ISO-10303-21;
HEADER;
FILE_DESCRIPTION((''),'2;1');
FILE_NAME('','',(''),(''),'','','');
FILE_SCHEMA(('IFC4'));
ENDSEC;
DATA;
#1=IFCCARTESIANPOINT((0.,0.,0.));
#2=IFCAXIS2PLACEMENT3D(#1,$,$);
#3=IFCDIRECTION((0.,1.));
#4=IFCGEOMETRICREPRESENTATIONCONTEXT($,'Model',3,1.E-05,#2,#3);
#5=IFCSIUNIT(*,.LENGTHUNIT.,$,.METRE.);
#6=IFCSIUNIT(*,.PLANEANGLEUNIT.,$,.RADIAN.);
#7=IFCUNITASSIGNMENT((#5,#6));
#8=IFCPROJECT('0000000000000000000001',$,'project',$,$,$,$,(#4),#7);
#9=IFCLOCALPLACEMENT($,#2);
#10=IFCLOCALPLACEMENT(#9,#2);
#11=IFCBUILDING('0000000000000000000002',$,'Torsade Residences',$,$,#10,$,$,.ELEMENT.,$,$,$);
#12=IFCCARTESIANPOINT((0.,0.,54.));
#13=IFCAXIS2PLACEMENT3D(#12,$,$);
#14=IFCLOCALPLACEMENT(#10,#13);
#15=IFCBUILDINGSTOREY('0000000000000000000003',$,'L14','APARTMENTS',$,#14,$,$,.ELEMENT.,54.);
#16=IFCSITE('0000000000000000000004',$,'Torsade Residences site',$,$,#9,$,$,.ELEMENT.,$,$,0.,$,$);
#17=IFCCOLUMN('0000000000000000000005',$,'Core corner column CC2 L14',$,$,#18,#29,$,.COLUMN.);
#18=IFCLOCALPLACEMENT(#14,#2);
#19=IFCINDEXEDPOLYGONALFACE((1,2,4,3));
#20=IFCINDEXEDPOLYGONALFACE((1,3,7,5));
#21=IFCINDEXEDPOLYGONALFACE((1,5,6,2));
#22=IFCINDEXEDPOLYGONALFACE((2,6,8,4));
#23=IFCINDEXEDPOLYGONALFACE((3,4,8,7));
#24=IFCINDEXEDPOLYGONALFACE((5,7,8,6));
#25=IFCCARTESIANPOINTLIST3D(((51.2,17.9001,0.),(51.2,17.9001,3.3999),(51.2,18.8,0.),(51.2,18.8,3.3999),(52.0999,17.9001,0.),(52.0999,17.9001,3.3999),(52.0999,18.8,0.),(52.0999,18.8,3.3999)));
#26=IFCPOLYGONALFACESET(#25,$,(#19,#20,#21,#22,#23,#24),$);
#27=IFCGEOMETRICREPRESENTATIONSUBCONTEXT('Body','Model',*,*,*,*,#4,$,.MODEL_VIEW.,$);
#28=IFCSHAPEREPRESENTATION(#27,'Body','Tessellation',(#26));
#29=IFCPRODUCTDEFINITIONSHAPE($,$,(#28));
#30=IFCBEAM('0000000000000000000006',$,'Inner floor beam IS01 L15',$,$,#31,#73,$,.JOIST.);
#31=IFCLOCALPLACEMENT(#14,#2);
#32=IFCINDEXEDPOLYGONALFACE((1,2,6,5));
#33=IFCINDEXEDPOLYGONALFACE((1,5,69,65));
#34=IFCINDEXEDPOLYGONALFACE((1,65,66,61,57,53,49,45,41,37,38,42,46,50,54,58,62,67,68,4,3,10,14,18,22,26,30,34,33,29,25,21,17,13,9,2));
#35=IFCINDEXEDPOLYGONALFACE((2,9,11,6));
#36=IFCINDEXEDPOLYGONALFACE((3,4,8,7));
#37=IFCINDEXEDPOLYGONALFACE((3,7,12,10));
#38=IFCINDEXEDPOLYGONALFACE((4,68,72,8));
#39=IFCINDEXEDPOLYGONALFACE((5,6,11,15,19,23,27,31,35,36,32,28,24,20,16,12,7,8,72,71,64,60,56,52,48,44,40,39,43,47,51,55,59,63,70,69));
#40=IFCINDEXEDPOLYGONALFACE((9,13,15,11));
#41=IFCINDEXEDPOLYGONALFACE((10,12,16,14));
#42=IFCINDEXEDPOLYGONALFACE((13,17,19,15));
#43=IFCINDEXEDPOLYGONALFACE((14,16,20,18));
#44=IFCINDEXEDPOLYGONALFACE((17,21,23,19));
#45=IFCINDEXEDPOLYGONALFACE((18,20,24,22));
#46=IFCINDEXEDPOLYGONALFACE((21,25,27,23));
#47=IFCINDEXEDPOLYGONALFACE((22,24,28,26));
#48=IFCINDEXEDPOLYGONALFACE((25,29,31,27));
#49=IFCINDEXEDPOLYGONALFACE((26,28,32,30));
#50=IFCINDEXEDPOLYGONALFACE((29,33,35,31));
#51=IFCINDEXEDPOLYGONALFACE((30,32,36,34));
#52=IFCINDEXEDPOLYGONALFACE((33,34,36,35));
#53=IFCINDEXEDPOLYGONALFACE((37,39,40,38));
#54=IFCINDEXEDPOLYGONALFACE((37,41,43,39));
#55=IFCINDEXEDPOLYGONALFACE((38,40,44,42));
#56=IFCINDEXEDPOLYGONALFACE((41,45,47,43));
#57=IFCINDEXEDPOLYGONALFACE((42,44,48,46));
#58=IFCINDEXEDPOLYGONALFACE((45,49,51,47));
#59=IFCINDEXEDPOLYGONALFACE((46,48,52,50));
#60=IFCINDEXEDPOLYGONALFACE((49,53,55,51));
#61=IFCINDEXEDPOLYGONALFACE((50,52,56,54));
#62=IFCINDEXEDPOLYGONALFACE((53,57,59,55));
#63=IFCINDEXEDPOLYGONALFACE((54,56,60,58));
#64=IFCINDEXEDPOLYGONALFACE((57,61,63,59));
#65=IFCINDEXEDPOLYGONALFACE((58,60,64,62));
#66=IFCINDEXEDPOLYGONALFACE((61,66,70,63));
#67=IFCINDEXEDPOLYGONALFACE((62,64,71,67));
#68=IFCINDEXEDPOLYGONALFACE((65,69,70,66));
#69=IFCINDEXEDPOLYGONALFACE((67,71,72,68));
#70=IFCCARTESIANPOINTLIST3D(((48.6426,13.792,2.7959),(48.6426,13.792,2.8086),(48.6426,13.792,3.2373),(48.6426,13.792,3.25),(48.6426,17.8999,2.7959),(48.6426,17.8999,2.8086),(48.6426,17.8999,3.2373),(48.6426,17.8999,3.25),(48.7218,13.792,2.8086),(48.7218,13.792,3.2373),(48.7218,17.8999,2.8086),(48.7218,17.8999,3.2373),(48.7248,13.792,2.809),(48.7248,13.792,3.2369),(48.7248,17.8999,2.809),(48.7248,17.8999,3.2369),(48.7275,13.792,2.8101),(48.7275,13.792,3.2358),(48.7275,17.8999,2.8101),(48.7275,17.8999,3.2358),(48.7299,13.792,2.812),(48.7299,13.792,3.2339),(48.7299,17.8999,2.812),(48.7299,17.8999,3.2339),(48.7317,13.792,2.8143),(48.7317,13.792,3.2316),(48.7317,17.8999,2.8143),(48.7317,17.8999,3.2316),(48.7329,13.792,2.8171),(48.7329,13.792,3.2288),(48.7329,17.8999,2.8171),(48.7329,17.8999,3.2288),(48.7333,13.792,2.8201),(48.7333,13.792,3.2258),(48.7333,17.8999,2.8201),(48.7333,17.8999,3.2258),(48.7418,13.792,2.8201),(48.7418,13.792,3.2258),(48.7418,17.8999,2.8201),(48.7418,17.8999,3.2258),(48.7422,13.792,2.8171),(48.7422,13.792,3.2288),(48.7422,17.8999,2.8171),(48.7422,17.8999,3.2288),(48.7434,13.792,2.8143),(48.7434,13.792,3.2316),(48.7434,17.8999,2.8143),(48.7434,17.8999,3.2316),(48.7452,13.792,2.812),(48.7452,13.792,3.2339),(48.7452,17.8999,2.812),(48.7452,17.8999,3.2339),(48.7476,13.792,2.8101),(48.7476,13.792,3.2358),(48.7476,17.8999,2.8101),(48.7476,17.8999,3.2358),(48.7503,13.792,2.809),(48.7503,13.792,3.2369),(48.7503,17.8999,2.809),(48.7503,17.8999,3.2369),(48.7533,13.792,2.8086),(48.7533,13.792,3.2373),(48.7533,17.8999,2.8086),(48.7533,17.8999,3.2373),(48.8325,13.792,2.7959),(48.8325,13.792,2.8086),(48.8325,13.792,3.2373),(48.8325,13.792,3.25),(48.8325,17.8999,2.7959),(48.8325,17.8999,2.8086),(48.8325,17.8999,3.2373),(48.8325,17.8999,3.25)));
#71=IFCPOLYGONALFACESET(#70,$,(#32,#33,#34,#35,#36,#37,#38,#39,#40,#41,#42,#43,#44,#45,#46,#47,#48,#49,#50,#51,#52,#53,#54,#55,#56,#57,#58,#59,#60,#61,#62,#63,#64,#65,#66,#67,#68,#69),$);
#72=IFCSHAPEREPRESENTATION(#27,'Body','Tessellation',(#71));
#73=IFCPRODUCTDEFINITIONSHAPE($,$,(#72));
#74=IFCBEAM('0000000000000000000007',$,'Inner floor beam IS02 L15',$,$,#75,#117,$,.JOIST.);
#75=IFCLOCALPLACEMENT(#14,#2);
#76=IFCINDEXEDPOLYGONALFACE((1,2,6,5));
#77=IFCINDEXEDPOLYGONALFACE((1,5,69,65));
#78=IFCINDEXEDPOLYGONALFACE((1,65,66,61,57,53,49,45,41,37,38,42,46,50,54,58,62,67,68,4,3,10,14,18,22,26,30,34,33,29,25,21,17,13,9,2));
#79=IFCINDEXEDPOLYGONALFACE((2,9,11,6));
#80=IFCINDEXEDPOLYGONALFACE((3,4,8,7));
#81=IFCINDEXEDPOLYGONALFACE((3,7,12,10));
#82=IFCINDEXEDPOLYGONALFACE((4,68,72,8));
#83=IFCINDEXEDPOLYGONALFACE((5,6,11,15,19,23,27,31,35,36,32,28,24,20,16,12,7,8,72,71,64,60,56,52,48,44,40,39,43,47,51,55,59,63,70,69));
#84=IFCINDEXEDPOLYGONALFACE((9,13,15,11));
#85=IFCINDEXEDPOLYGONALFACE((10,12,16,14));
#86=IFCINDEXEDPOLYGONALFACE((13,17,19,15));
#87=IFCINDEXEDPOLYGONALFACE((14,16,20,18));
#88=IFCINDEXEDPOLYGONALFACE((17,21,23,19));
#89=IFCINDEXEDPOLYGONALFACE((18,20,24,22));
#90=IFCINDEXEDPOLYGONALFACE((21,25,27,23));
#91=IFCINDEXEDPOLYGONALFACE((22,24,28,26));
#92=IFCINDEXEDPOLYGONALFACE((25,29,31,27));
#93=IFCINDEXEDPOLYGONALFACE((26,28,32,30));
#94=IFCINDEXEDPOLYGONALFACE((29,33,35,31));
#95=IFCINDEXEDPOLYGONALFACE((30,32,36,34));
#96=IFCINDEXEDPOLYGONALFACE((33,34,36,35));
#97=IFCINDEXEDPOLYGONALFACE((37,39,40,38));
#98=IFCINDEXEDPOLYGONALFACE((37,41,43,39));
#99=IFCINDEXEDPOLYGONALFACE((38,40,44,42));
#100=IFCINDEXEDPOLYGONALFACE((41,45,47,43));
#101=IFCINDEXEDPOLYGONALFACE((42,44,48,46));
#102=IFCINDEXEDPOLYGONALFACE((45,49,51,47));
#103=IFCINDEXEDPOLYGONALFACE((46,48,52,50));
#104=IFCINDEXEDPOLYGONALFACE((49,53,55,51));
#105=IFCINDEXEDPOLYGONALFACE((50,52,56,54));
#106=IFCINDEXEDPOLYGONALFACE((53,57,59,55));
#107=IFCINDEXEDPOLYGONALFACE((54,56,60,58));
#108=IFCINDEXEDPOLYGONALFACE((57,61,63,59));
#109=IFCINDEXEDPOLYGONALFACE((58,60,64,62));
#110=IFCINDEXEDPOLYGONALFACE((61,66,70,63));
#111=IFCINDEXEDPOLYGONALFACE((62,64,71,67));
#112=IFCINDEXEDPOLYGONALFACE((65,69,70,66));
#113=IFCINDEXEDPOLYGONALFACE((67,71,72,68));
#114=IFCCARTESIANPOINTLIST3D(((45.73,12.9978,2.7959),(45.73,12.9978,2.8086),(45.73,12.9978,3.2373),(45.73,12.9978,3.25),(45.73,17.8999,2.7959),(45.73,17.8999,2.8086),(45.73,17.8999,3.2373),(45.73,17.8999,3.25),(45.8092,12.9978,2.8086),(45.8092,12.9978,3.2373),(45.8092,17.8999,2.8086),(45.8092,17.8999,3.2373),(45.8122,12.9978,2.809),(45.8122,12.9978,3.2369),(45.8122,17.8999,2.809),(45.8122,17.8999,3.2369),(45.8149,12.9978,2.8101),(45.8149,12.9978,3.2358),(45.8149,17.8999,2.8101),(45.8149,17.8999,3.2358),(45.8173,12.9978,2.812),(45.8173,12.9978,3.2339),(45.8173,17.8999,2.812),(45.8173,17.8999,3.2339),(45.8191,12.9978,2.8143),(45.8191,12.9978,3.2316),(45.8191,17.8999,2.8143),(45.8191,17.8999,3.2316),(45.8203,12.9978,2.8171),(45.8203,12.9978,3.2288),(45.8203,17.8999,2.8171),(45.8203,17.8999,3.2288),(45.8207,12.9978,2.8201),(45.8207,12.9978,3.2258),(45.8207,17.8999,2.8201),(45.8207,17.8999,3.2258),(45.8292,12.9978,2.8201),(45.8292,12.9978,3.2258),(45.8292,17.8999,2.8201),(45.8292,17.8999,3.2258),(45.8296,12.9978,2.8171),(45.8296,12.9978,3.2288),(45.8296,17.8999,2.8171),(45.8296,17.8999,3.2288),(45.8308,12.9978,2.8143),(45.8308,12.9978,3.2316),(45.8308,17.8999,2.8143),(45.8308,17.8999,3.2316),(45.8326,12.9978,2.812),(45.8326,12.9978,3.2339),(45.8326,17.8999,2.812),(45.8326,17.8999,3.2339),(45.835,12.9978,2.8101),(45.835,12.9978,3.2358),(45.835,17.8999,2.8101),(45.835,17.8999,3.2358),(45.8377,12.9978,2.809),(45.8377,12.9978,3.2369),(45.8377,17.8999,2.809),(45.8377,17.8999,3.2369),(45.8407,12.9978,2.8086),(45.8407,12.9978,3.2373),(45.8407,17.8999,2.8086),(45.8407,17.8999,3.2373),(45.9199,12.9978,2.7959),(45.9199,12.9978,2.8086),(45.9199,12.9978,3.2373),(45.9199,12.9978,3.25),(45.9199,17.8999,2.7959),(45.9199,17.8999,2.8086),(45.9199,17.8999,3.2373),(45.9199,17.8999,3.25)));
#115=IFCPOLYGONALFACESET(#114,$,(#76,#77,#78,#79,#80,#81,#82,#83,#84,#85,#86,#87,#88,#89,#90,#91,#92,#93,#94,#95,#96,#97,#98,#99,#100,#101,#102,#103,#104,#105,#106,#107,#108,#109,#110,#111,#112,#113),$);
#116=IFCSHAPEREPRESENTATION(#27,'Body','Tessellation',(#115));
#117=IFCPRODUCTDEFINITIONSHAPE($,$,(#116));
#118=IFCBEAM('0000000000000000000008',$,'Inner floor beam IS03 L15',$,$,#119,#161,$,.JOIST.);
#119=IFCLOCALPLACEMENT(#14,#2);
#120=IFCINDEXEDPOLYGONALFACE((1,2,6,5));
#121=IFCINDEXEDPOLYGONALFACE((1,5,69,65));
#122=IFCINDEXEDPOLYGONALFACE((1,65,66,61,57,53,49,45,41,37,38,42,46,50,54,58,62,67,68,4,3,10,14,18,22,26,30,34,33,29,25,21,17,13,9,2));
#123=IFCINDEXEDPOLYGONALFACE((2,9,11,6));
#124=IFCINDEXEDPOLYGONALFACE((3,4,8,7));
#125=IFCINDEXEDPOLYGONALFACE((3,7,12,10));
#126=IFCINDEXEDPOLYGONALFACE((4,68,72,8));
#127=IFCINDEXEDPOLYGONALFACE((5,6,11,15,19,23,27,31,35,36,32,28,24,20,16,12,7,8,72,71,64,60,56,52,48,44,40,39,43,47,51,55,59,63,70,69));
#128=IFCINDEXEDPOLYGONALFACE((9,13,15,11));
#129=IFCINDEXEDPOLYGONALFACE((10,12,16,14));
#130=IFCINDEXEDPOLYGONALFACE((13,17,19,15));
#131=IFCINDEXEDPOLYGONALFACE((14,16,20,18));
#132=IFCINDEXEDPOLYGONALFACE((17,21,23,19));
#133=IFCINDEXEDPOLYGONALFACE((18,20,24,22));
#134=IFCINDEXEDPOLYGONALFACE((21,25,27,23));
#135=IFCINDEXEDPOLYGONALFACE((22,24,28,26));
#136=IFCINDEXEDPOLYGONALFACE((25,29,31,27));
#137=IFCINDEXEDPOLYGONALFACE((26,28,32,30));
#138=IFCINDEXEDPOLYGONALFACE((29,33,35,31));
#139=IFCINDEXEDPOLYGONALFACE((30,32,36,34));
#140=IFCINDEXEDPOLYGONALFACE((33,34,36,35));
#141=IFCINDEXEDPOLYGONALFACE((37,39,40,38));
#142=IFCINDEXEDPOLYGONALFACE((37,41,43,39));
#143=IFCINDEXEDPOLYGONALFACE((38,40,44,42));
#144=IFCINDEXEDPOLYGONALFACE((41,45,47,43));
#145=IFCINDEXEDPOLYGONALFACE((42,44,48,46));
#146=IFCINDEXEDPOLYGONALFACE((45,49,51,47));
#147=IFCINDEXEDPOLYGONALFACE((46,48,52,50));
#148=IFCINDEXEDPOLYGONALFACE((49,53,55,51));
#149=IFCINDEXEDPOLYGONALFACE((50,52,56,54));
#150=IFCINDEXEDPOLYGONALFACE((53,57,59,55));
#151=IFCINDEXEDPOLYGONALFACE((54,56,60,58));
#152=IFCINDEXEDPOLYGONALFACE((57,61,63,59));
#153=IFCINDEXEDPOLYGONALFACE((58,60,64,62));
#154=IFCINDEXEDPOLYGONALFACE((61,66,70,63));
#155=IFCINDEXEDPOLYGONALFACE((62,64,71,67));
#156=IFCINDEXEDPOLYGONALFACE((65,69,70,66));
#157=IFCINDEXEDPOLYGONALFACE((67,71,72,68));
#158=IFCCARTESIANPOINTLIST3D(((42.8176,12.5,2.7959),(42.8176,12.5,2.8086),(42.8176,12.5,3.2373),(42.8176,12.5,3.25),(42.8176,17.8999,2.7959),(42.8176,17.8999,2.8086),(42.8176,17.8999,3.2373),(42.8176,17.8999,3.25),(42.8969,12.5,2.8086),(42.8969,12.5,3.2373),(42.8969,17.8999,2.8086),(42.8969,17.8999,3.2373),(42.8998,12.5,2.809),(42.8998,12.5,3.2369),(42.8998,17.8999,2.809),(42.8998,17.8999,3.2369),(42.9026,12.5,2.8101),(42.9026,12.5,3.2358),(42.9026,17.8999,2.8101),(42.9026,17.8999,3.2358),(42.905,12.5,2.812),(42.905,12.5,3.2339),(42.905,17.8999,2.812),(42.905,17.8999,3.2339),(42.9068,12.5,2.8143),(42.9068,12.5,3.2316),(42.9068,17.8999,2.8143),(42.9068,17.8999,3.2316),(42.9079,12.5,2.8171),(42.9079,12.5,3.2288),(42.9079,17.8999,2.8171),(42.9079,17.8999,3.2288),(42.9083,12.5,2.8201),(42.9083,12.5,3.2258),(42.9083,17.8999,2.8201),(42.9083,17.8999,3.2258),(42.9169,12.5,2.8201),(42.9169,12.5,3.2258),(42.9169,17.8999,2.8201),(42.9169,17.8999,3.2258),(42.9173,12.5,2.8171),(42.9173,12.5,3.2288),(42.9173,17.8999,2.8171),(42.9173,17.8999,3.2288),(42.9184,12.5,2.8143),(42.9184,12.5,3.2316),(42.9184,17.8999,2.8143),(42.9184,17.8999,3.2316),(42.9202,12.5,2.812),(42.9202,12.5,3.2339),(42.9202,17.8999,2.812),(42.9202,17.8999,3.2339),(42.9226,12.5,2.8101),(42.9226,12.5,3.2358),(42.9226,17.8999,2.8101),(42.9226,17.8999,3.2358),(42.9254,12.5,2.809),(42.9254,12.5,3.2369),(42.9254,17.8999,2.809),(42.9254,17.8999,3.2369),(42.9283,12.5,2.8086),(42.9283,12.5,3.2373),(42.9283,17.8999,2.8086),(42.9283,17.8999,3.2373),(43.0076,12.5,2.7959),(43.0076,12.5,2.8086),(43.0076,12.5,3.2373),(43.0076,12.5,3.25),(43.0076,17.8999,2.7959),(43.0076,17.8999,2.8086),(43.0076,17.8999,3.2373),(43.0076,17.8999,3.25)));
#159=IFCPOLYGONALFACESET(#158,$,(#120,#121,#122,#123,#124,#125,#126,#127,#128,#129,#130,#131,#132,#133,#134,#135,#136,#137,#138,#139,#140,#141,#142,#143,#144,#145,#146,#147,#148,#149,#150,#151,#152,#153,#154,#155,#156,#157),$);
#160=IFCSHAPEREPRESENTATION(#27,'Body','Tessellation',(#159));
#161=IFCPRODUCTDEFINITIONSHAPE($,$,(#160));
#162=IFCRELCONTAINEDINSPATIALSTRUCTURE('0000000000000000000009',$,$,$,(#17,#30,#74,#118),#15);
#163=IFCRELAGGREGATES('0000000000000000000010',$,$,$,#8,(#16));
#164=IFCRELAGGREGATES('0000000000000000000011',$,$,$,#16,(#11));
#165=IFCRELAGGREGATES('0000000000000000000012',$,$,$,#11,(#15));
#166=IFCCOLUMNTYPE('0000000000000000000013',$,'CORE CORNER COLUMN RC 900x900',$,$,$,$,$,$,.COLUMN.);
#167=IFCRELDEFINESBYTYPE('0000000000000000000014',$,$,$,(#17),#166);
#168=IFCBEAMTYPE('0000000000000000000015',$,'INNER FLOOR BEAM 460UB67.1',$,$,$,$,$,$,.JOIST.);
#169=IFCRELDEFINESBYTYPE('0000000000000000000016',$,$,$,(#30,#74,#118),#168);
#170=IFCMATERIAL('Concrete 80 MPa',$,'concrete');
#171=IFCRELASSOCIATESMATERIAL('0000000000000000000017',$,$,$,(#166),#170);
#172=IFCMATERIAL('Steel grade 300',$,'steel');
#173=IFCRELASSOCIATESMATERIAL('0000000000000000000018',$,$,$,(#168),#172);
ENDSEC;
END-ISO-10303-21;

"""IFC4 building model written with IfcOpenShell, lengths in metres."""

from ifc_helpers import new_model, si_unit, direction, frame, origin, origin_2d, place, context, subcontext, project, spatial, rectangle, i_section, extrude, material, material_profile, profile_set, type_object, element, save


model = new_model("IFC4")

# Units and contexts
model_context = context("Model", 3, precision=1e-05, world=origin(), true_north=direction((0.0, 1.0)))
body_context = subcontext(model_context, "Body", "Model", "MODEL_VIEW")
ifc_project = project(units=[si_unit("LENGTHUNIT", "METRE"), si_unit("PLANEANGLEUNIT", "RADIAN")], contexts=[model_context])

# Site, building, storey
site_placement = place(None, origin())
site = spatial("IfcSite", under=ifc_project, at=site_placement, Name="Torsade Residences site", CompositionType="ELEMENT", RefElevation=0.0)
building_placement = place(site_placement, origin())
building = spatial("IfcBuilding", under=site, at=building_placement, Name="Torsade Residences", CompositionType="ELEMENT")
storey_placement = place(building_placement, frame((0.0, 0.0, 54.0)))
storey = spatial("IfcBuildingStorey", under=building, at=storey_placement, Name="L14", Description="APARTMENTS", CompositionType="ELEMENT", Elevation=54.0)

# Column
ifc_material_1 = material(Name="Concrete 80 MPa", Category="concrete")
ifc_material_profile_1 = material_profile(ifc_material_1, rectangle(XDim=0.8999, YDim=0.8999, at=origin_2d()), Name="RC 900x900")
ifc_profile_set_1 = profile_set([ifc_material_profile_1], Name="Concrete 80 MPa")
column_type = type_object("IfcColumnType", Name="CORE CORNER COLUMN RC 900x900", PredefinedType="COLUMN", material=ifc_profile_set_1)
column_placement = place(storey_placement, frame((51.6499, 18.3501, 0.0), z_axis=(0.0, 0.0, 1.0), x_axis=(1.0, 0.0, 0.0)))
element("IfcColumn", 1, at=column_placement, inside=storey, type_object=column_type, Name="Core corner column CC2 L14", PredefinedType="COLUMN", context=body_context, shape_type="SweptSolid", body=[
    extrude(rectangle(XDim=0.8999, YDim=0.8999, at=origin_2d()), origin(), (0.0, 0.0, 1.0), 3.3999),
])

# Beams
ifc_material_2 = material(Name="Steel grade 300", Category="steel")
ifc_material_profile_2 = material_profile(ifc_material_2, i_section(OverallWidth=0.1899, OverallDepth=0.4541, WebThickness=0.0085, FlangeThickness=0.0127, FilletRadius=0.0115, at=origin_2d()), Name="460UB67.1")
ifc_profile_set_2 = profile_set([ifc_material_profile_2], Name="Steel grade 300")
beam_type_1 = type_object("IfcBeamType", Name="INNER FLOOR BEAM 460UB67.1", PredefinedType="JOIST", material=ifc_profile_set_2)
beam_1_placement = place(storey_placement, frame((48.7375, 17.8999, 3.0229), z_axis=(0.0, -1.0, 0.0), x_axis=(1.0, 0.0, 0.0)))
element("IfcBeam", 2, at=beam_1_placement, inside=storey, type_object=beam_type_1, Name="Inner floor beam IS01 L15", PredefinedType="JOIST", context=body_context, shape_type="SweptSolid", body=[
    extrude(i_section(OverallWidth=0.1899, OverallDepth=0.4541, WebThickness=0.0085, FlangeThickness=0.0127, FilletRadius=0.0115, at=origin_2d()), origin(), (0.0, 0.0, 1.0), 4.1079),
])
beam_2_placement = place(storey_placement, frame((45.825, 17.8999, 3.0229), z_axis=(0.0, -1.0, 0.0), x_axis=(1.0, 0.0, 0.0)))
element("IfcBeam", 3, at=beam_2_placement, inside=storey, type_object=beam_type_1, Name="Inner floor beam IS02 L15", PredefinedType="JOIST", context=body_context, shape_type="SweptSolid", body=[
    extrude(i_section(OverallWidth=0.1899, OverallDepth=0.4541, WebThickness=0.0085, FlangeThickness=0.0127, FilletRadius=0.0115, at=origin_2d()), origin(), (0.0, 0.0, 1.0), 4.9021),
])
for number, where, z_axis, x_axis, name in (
    (4, (42.9126, 17.8999, 3.0229), (0.0, -1.0, 0.0), (1.0, 0.0, 0.0), "Inner floor beam IS03 L15"),
):
    element("IfcBeam", number, at=place(storey_placement, frame(where, z_axis=z_axis, x_axis=x_axis)), inside=storey, type_object=beam_type_1, Name=name, PredefinedType="JOIST", context=body_context, shape_type="SweptSolid", body=[
        extrude(i_section(OverallWidth=0.1899, OverallDepth=0.4541, WebThickness=0.0085, FlangeThickness=0.0127, FilletRadius=0.0115, at=origin_2d()), origin(), (0.0, 0.0, 1.0), 5.3999),
    ])

save(model, "model.ifc")
